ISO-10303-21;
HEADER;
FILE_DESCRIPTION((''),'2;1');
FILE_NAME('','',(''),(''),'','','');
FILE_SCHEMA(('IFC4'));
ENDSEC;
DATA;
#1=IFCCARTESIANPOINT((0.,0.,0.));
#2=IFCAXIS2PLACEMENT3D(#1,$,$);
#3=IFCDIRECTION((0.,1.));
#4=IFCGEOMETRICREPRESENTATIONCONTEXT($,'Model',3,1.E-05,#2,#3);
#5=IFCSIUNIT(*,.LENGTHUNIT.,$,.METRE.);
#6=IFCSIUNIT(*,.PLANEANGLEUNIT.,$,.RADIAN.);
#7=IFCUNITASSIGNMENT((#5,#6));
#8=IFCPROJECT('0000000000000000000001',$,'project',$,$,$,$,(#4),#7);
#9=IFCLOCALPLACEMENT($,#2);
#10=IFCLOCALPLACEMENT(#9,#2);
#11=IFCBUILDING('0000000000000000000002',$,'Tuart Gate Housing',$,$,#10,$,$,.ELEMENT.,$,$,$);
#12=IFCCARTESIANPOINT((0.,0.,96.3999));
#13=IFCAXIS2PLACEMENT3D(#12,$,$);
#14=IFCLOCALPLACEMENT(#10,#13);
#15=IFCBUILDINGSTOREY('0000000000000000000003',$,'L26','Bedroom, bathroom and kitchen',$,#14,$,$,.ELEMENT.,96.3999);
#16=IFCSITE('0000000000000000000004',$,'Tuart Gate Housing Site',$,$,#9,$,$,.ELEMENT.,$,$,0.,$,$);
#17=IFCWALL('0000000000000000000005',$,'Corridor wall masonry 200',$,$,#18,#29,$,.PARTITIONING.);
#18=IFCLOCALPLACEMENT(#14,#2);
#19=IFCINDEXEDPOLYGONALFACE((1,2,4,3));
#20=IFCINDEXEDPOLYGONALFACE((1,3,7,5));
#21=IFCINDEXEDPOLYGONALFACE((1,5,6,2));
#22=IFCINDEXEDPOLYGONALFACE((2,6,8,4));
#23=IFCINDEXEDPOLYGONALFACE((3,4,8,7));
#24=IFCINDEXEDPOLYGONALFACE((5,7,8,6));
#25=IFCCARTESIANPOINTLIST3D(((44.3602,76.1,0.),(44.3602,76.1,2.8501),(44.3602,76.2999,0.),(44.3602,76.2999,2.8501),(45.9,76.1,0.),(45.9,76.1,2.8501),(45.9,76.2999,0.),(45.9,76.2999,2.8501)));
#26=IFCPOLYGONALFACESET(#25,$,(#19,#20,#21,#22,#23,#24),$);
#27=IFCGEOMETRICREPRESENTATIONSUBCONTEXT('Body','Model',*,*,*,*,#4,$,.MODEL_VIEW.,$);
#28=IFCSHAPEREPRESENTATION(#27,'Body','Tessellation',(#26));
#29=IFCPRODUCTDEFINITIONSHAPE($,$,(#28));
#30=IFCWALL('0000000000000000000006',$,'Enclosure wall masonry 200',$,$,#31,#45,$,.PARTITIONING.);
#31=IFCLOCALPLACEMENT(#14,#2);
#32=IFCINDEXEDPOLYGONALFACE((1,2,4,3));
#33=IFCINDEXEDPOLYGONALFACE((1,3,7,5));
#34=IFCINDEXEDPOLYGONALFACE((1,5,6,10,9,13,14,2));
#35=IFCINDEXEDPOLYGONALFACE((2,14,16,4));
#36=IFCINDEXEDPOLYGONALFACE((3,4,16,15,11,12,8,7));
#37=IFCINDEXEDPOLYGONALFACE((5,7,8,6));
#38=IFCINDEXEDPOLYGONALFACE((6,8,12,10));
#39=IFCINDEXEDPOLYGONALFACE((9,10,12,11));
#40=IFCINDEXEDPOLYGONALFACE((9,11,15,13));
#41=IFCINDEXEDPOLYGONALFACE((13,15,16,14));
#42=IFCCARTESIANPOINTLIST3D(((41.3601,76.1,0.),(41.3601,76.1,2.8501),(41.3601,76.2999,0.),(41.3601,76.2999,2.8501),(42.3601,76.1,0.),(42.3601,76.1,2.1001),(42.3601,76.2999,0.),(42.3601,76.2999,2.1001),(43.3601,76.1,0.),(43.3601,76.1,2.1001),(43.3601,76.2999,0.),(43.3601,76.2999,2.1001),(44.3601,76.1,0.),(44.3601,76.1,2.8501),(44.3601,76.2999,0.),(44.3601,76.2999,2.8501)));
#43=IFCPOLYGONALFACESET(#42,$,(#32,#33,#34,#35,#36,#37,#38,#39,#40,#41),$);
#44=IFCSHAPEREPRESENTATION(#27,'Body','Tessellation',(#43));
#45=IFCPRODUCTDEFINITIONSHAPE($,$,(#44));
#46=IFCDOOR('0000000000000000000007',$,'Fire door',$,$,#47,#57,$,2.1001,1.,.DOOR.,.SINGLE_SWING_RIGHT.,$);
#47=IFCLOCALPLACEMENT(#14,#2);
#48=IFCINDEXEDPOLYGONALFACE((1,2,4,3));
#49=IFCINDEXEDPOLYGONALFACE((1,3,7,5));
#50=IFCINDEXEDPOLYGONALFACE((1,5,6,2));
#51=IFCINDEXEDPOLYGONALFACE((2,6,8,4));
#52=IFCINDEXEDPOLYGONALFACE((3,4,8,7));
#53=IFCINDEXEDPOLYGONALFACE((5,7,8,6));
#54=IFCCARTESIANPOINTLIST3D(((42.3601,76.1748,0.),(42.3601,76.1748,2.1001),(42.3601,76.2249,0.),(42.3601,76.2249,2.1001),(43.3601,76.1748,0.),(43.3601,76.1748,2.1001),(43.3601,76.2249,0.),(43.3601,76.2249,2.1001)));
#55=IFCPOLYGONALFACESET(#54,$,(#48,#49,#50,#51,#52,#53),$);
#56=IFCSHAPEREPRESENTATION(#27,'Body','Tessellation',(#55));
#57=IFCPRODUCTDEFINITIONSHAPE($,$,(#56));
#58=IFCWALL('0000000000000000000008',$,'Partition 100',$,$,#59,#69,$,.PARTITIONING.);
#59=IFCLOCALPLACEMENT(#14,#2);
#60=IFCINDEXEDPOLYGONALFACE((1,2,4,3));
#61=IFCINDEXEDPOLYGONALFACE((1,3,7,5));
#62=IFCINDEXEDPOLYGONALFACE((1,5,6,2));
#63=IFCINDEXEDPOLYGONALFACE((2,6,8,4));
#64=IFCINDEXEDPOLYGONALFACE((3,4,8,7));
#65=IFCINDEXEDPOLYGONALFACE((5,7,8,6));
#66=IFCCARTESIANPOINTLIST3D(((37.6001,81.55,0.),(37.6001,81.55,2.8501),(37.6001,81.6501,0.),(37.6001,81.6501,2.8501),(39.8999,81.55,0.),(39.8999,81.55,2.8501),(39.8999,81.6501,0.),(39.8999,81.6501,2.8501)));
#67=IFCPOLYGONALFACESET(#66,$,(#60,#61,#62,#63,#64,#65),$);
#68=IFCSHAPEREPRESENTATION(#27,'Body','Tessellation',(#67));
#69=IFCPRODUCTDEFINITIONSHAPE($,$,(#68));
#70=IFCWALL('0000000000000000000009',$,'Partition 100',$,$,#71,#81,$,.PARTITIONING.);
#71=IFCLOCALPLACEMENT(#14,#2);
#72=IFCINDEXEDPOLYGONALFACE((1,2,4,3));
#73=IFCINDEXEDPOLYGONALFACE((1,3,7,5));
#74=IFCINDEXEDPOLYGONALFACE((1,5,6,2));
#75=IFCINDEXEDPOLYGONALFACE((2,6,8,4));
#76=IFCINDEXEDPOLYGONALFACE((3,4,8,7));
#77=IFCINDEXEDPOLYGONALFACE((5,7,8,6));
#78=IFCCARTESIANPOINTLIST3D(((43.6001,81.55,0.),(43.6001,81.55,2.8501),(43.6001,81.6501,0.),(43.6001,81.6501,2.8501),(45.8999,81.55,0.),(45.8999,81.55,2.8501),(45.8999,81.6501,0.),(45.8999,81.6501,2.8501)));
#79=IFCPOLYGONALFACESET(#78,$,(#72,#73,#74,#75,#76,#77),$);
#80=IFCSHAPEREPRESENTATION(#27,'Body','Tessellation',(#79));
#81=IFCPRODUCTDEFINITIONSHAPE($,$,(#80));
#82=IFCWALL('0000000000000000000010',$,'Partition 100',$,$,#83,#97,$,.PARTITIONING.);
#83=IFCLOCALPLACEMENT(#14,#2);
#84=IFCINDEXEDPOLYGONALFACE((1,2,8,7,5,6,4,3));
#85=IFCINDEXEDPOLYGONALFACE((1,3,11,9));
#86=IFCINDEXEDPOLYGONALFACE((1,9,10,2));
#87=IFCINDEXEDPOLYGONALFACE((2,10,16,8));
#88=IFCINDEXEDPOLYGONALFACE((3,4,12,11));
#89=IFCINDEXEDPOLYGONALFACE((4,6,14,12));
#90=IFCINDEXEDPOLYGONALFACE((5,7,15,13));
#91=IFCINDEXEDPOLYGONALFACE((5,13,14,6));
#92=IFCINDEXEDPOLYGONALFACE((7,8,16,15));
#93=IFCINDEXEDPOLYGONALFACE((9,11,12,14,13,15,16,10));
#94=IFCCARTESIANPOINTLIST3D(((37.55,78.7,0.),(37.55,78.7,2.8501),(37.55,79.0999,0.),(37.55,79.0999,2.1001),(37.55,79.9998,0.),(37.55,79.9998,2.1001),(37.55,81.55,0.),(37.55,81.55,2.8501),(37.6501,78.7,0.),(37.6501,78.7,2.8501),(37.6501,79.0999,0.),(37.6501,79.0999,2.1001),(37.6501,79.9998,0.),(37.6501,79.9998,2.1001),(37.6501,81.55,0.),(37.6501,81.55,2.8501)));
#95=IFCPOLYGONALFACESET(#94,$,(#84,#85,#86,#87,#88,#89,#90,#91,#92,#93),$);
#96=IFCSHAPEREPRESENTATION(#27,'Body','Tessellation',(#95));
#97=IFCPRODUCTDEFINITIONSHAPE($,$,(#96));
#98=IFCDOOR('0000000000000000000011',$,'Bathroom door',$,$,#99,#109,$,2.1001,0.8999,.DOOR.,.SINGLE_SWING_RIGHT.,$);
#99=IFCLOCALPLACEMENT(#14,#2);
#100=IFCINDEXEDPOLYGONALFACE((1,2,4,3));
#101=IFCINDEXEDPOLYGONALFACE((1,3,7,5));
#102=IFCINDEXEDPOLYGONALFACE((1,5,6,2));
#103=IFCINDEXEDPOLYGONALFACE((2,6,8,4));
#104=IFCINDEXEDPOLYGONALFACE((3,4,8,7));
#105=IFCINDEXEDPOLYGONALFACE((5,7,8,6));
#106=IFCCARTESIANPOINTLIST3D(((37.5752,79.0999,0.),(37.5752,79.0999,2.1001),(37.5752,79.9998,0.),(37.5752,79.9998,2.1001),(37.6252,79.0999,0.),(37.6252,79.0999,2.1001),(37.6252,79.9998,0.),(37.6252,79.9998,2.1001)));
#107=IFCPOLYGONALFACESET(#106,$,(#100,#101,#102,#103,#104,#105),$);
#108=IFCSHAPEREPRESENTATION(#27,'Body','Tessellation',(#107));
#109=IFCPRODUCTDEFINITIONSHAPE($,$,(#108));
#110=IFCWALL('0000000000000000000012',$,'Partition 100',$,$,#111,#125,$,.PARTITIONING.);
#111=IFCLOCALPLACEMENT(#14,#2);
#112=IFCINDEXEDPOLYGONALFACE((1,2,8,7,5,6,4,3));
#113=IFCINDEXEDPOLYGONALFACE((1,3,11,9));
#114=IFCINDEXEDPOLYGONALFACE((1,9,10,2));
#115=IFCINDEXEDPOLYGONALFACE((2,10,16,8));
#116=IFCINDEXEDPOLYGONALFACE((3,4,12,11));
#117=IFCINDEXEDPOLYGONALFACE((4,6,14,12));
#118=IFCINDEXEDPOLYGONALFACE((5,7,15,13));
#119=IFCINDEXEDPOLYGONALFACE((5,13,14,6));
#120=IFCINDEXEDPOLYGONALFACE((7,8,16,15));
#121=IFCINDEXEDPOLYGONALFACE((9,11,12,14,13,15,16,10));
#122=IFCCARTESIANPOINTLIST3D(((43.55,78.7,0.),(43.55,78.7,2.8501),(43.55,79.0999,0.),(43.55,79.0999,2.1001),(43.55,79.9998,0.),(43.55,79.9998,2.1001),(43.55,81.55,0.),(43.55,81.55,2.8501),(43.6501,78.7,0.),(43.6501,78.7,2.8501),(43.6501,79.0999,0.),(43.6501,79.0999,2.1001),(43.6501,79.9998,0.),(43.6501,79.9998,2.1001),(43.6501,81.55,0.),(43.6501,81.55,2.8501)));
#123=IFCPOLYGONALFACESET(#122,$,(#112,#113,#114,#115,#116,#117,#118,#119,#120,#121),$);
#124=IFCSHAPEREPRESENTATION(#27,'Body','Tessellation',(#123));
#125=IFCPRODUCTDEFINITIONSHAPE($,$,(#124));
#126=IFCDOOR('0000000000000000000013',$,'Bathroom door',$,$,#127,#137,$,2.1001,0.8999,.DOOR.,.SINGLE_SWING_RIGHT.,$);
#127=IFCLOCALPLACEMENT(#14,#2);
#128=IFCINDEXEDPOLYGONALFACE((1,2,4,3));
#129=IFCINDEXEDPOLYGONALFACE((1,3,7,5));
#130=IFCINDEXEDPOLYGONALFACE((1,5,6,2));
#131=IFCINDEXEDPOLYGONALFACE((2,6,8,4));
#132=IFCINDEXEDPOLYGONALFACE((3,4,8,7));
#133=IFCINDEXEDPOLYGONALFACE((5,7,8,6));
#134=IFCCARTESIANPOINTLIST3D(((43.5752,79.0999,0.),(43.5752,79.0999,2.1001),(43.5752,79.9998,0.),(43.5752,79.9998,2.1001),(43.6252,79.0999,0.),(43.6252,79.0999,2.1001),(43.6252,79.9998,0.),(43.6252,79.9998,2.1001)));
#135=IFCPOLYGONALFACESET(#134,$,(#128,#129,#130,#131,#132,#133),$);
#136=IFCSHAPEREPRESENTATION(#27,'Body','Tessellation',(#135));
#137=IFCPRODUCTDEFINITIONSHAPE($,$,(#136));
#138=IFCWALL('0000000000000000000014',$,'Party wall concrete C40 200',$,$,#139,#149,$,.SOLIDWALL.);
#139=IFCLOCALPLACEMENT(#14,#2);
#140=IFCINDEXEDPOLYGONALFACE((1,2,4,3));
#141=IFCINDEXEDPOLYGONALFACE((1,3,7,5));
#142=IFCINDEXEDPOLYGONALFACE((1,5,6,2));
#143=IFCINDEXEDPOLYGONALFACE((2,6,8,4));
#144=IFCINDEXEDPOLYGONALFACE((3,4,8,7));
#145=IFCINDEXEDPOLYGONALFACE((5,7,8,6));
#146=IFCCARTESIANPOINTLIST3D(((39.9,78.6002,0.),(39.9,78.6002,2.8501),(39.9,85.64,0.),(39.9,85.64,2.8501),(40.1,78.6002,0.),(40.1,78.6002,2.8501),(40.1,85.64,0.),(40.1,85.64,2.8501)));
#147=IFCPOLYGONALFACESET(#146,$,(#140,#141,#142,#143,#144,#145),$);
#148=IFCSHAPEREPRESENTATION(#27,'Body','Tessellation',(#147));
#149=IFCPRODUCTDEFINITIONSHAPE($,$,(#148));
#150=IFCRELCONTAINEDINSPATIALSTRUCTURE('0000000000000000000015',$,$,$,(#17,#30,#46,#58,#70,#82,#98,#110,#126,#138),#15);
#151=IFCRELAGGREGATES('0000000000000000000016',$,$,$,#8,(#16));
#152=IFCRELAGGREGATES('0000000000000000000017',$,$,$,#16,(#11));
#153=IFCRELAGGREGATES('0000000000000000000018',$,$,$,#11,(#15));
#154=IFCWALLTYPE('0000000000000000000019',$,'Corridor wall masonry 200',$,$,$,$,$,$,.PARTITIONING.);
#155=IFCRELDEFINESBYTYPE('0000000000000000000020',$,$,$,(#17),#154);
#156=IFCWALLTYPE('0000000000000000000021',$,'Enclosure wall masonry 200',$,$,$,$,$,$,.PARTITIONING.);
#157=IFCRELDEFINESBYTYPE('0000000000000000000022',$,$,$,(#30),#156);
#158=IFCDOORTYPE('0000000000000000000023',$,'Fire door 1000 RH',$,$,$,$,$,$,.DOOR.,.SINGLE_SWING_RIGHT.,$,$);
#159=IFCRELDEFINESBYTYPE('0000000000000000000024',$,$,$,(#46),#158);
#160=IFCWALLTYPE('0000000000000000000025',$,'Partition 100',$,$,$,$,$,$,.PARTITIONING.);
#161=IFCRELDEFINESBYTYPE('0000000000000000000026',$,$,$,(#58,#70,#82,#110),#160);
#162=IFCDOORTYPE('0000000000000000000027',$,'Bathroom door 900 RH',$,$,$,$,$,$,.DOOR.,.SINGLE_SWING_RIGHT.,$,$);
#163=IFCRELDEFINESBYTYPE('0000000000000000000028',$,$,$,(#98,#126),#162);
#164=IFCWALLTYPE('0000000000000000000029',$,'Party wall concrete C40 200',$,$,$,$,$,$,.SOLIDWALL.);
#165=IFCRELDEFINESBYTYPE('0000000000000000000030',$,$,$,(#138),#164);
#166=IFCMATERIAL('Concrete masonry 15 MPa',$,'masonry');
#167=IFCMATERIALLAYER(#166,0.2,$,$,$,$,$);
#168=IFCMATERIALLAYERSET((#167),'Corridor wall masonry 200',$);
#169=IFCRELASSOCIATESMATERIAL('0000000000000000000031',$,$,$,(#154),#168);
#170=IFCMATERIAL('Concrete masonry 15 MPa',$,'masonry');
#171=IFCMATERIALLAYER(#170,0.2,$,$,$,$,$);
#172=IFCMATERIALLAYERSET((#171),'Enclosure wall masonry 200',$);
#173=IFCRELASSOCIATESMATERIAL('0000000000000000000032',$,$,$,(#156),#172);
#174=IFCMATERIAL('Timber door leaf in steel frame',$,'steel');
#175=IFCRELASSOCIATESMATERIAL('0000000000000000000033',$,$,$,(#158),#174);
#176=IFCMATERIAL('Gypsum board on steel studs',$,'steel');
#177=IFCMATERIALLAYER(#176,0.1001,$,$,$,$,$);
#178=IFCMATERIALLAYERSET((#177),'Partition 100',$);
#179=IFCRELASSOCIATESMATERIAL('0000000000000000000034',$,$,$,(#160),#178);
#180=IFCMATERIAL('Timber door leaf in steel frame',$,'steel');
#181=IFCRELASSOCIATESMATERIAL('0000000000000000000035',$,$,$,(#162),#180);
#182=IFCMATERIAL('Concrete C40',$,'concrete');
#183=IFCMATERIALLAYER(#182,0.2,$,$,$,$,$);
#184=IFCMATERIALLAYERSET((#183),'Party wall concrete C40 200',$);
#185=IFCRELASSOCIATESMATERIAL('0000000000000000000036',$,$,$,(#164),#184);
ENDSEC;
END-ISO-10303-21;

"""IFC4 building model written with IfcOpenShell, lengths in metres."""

from ifc_helpers import new_model, si_unit, direction, frame, frame_2d, origin, place, context, subcontext, project, spatial, rectangle, extrude, material, layer, layer_set, type_object, element, fill, save


model = new_model("IFC4")

# Units and contexts
model_context = context("Model", 3, precision=1e-05, world=origin(), true_north=direction((0.0, 1.0)))
body_context = subcontext(model_context, "Body", "Model", "MODEL_VIEW")
ifc_project = project(units=[si_unit("LENGTHUNIT", "METRE"), si_unit("PLANEANGLEUNIT", "RADIAN")], contexts=[model_context])

# Site, building, storey
site_placement = place(None, origin())
site = spatial("IfcSite", under=ifc_project, at=site_placement, Name="Tuart Gate Housing Site", CompositionType="ELEMENT", RefElevation=0.0)
building_placement = place(site_placement, origin())
building = spatial("IfcBuilding", under=site, at=building_placement, Name="Tuart Gate Housing", CompositionType="ELEMENT")
storey_placement = place(building_placement, frame((0.0, 0.0, 96.3999)))
storey = spatial("IfcBuildingStorey", under=building, at=storey_placement, Name="L26", Description="Bedroom, bathroom and kitchen", CompositionType="ELEMENT", Elevation=96.3999)

# Wall
ifc_material_1 = material(Name="Concrete masonry 15 MPa", Category="masonry")
ifc_layer_1 = layer(ifc_material_1, 0.2)
ifc_layer_set_1 = layer_set([ifc_layer_1], Name="Corridor wall masonry 200")
wall_type_1 = type_object("IfcWallType", Name="Corridor wall masonry 200", PredefinedType="PARTITIONING", material=ifc_layer_set_1)
wall_1_placement = place(storey_placement, frame((44.3601, 76.2, 0.0), z_axis=(0.0, 0.0, 1.0), x_axis=(1.0, 0.0, 0.0)))
element("IfcWall", 1, at=wall_1_placement, inside=storey, type_object=wall_type_1, Name="Corridor wall masonry 200", PredefinedType="PARTITIONING", context=body_context, shape_type="SweptSolid", body=[
    extrude(rectangle(XDim=1.5398, YDim=0.2, at=frame_2d((0.77, 0.0))), origin(), (0.0, 0.0, 1.0), 2.8501),
])

# Wall, opening, door
ifc_material_2 = material(Name="Concrete masonry 15 MPa", Category="masonry")
ifc_layer_2 = layer(ifc_material_2, 0.2)
ifc_layer_set_2 = layer_set([ifc_layer_2], Name="Enclosure wall masonry 200")
wall_type_2 = type_object("IfcWallType", Name="Enclosure wall masonry 200", PredefinedType="PARTITIONING", material=ifc_layer_set_2)
wall_2_placement = place(storey_placement, frame((41.3601, 76.2, 0.0), z_axis=(0.0, 0.0, 1.0), x_axis=(1.0, 0.0, 0.0)))
wall_2 = element("IfcWall", 2, at=wall_2_placement, inside=storey, type_object=wall_type_2, Name="Enclosure wall masonry 200", PredefinedType="PARTITIONING", context=body_context, shape_type="SweptSolid", body=[
    extrude(rectangle(XDim=3.0, YDim=0.2, at=frame_2d((1.5, 0.0))), origin(), (0.0, 0.0, 1.0), 2.8501),
])
opening_1_placement = place(wall_2_placement, frame((1.0, 0.0, 0.0)))
opening_1 = element("IfcOpeningElement", 3, at=opening_1_placement, cuts=wall_2, PredefinedType="OPENING", context=body_context, shape_type="SweptSolid", body=[
    extrude(rectangle(XDim=1.0, YDim=2.1001, at=frame_2d((0.5, 1.05))), frame((0.0, 0.1099, 0.0), z_axis=(0.0, -1.0, 0.0), x_axis=(1.0, 0.0, 0.0)), (0.0, 0.0, 1.0), 0.22),
])
ifc_material_3 = material(Name="Timber door leaf in steel frame", Category="steel")
door_type_1 = type_object("IfcDoorType", Name="Fire door 1000 RH", OperationType="SINGLE_SWING_RIGHT", PredefinedType="DOOR", material=ifc_material_3)
door_1_placement = place(opening_1_placement, origin())
door_1 = element("IfcDoor", 4, at=door_1_placement, inside=storey, type_object=door_type_1, Name="Fire door", OperationType="SINGLE_SWING_RIGHT", OverallHeight=2.1001, OverallWidth=1.0, PredefinedType="DOOR", context=body_context, shape_type="SweptSolid", body=[
    extrude(rectangle(XDim=1.0, YDim=2.1001, at=frame_2d((0.5, 1.05))), frame((0.0, 0.0249, 0.0), z_axis=(0.0, -1.0, 0.0), x_axis=(1.0, 0.0, 0.0)), (0.0, 0.0, 1.0), 0.05),
])
fill(opening_1, door_1)

# Walls
ifc_material_4 = material(Name="Gypsum board on steel studs", Category="steel")
ifc_layer_3 = layer(ifc_material_4, 0.1001)
ifc_layer_set_3 = layer_set([ifc_layer_3], Name="Partition 100")
wall_type_3 = type_object("IfcWallType", Name="Partition 100", PredefinedType="PARTITIONING", material=ifc_layer_set_3)
for number, where, z_axis, x_axis, name in (
    (5, (37.6001, 81.6001, 0.0), (0.0, 0.0, 1.0), (1.0, 0.0, 0.0), "Partition 100"),
    (6, (43.6001, 81.6001, 0.0), (0.0, 0.0, 1.0), (1.0, 0.0, 0.0), "Partition 100"),
):
    element("IfcWall", number, at=place(storey_placement, frame(where, z_axis=z_axis, x_axis=x_axis)), inside=storey, type_object=wall_type_3, Name=name, PredefinedType="PARTITIONING", context=body_context, shape_type="SweptSolid", body=[
        extrude(rectangle(XDim=2.2998, YDim=0.1001, at=frame_2d((1.1499, 0.0))), origin(), (0.0, 0.0, 1.0), 2.8501),
    ])

# Walls, openings, doors
wall_3_placement = place(storey_placement, frame((37.6001, 78.7, 0.0), z_axis=(0.0, 0.0, 1.0), x_axis=(0.0, 1.0, 0.0)))
wall_3 = element("IfcWall", 7, at=wall_3_placement, inside=storey, type_object=wall_type_3, Name="Partition 100", PredefinedType="PARTITIONING", context=body_context, shape_type="SweptSolid", body=[
    extrude(rectangle(XDim=2.8501, YDim=0.1001, at=frame_2d((1.425, 0.0))), origin(), (0.0, 0.0, 1.0), 2.8501),
])
opening_2_placement = place(wall_3_placement, frame((0.3999, 0.0, 0.0)))
opening_2 = element("IfcOpeningElement", 8, at=opening_2_placement, cuts=wall_3, PredefinedType="OPENING", context=body_context, shape_type="SweptSolid", body=[
    extrude(rectangle(XDim=0.8999, YDim=2.1001, at=frame_2d((0.45, 1.05))), frame((0.0, 0.0601, 0.0), z_axis=(0.0, -1.0, 0.0), x_axis=(1.0, 0.0, 0.0)), (0.0, 0.0, 1.0), 0.1201),
])
ifc_material_5 = material(Name="Timber door leaf in steel frame", Category="steel")
door_type_2 = type_object("IfcDoorType", Name="Bathroom door 900 RH", OperationType="SINGLE_SWING_RIGHT", PredefinedType="DOOR", material=ifc_material_5)
door_2_placement = place(opening_2_placement, frame((0.8999, 0.0, 0.0), z_axis=(0.0, 0.0, 1.0), x_axis=(-1.0, 0.0, 0.0)))
door_2 = element("IfcDoor", 9, at=door_2_placement, inside=storey, type_object=door_type_2, Name="Bathroom door", OperationType="SINGLE_SWING_RIGHT", OverallHeight=2.1001, OverallWidth=0.8999, PredefinedType="DOOR", context=body_context, shape_type="SweptSolid", body=[
    extrude(rectangle(XDim=0.8999, YDim=2.1001, at=frame_2d((0.45, 1.05))), frame((0.0, 0.0251, 0.0), z_axis=(0.0, -1.0, 0.0), x_axis=(1.0, 0.0, 0.0)), (0.0, 0.0, 1.0), 0.05),
])
fill(opening_2, door_2)
wall_4_placement = place(storey_placement, frame((43.6001, 78.7, 0.0), z_axis=(0.0, 0.0, 1.0), x_axis=(0.0, 1.0, 0.0)))
wall_4 = element("IfcWall", 10, at=wall_4_placement, inside=storey, type_object=wall_type_3, Name="Partition 100", PredefinedType="PARTITIONING", context=body_context, shape_type="SweptSolid", body=[
    extrude(rectangle(XDim=2.8501, YDim=0.1001, at=frame_2d((1.425, 0.0))), origin(), (0.0, 0.0, 1.0), 2.8501),
])
opening_3_placement = place(wall_4_placement, frame((0.3999, 0.0, 0.0)))
opening_3 = element("IfcOpeningElement", 11, at=opening_3_placement, cuts=wall_4, PredefinedType="OPENING", context=body_context, shape_type="SweptSolid", body=[
    extrude(rectangle(XDim=0.8999, YDim=2.1001, at=frame_2d((0.45, 1.05))), frame((0.0, 0.0601, 0.0), z_axis=(0.0, -1.0, 0.0), x_axis=(1.0, 0.0, 0.0)), (0.0, 0.0, 1.0), 0.1201),
])
door_3_placement = place(opening_3_placement, frame((0.8999, 0.0, 0.0), z_axis=(0.0, 0.0, 1.0), x_axis=(-1.0, 0.0, 0.0)))
door_3 = element("IfcDoor", 12, at=door_3_placement, inside=storey, type_object=door_type_2, Name="Bathroom door", OperationType="SINGLE_SWING_RIGHT", OverallHeight=2.1001, OverallWidth=0.8999, PredefinedType="DOOR", context=body_context, shape_type="SweptSolid", body=[
    extrude(rectangle(XDim=0.8999, YDim=2.1001, at=frame_2d((0.45, 1.05))), frame((0.0, 0.0251, 0.0), z_axis=(0.0, -1.0, 0.0), x_axis=(1.0, 0.0, 0.0)), (0.0, 0.0, 1.0), 0.05),
])
fill(opening_3, door_3)

# Wall
ifc_material_6 = material(Name="Concrete C40", Category="concrete")
ifc_layer_4 = layer(ifc_material_6, 0.2)
ifc_layer_set_4 = layer_set([ifc_layer_4], Name="Party wall concrete C40 200")
wall_type_4 = type_object("IfcWallType", Name="Party wall concrete C40 200", PredefinedType="SOLIDWALL", material=ifc_layer_set_4)
wall_5_placement = place(storey_placement, frame((40.0, 78.6001, 0.0), z_axis=(0.0, 0.0, 1.0), x_axis=(0.0, 1.0, 0.0)))
element("IfcWall", 13, at=wall_5_placement, inside=storey, type_object=wall_type_4, Name="Party wall concrete C40 200", PredefinedType="SOLIDWALL", context=body_context, shape_type="SweptSolid", body=[
    extrude(rectangle(XDim=7.0398, YDim=0.2, at=frame_2d((3.52, 0.0))), origin(), (0.0, 0.0, 1.0), 2.8501),
])

save(model, "model.ifc")
